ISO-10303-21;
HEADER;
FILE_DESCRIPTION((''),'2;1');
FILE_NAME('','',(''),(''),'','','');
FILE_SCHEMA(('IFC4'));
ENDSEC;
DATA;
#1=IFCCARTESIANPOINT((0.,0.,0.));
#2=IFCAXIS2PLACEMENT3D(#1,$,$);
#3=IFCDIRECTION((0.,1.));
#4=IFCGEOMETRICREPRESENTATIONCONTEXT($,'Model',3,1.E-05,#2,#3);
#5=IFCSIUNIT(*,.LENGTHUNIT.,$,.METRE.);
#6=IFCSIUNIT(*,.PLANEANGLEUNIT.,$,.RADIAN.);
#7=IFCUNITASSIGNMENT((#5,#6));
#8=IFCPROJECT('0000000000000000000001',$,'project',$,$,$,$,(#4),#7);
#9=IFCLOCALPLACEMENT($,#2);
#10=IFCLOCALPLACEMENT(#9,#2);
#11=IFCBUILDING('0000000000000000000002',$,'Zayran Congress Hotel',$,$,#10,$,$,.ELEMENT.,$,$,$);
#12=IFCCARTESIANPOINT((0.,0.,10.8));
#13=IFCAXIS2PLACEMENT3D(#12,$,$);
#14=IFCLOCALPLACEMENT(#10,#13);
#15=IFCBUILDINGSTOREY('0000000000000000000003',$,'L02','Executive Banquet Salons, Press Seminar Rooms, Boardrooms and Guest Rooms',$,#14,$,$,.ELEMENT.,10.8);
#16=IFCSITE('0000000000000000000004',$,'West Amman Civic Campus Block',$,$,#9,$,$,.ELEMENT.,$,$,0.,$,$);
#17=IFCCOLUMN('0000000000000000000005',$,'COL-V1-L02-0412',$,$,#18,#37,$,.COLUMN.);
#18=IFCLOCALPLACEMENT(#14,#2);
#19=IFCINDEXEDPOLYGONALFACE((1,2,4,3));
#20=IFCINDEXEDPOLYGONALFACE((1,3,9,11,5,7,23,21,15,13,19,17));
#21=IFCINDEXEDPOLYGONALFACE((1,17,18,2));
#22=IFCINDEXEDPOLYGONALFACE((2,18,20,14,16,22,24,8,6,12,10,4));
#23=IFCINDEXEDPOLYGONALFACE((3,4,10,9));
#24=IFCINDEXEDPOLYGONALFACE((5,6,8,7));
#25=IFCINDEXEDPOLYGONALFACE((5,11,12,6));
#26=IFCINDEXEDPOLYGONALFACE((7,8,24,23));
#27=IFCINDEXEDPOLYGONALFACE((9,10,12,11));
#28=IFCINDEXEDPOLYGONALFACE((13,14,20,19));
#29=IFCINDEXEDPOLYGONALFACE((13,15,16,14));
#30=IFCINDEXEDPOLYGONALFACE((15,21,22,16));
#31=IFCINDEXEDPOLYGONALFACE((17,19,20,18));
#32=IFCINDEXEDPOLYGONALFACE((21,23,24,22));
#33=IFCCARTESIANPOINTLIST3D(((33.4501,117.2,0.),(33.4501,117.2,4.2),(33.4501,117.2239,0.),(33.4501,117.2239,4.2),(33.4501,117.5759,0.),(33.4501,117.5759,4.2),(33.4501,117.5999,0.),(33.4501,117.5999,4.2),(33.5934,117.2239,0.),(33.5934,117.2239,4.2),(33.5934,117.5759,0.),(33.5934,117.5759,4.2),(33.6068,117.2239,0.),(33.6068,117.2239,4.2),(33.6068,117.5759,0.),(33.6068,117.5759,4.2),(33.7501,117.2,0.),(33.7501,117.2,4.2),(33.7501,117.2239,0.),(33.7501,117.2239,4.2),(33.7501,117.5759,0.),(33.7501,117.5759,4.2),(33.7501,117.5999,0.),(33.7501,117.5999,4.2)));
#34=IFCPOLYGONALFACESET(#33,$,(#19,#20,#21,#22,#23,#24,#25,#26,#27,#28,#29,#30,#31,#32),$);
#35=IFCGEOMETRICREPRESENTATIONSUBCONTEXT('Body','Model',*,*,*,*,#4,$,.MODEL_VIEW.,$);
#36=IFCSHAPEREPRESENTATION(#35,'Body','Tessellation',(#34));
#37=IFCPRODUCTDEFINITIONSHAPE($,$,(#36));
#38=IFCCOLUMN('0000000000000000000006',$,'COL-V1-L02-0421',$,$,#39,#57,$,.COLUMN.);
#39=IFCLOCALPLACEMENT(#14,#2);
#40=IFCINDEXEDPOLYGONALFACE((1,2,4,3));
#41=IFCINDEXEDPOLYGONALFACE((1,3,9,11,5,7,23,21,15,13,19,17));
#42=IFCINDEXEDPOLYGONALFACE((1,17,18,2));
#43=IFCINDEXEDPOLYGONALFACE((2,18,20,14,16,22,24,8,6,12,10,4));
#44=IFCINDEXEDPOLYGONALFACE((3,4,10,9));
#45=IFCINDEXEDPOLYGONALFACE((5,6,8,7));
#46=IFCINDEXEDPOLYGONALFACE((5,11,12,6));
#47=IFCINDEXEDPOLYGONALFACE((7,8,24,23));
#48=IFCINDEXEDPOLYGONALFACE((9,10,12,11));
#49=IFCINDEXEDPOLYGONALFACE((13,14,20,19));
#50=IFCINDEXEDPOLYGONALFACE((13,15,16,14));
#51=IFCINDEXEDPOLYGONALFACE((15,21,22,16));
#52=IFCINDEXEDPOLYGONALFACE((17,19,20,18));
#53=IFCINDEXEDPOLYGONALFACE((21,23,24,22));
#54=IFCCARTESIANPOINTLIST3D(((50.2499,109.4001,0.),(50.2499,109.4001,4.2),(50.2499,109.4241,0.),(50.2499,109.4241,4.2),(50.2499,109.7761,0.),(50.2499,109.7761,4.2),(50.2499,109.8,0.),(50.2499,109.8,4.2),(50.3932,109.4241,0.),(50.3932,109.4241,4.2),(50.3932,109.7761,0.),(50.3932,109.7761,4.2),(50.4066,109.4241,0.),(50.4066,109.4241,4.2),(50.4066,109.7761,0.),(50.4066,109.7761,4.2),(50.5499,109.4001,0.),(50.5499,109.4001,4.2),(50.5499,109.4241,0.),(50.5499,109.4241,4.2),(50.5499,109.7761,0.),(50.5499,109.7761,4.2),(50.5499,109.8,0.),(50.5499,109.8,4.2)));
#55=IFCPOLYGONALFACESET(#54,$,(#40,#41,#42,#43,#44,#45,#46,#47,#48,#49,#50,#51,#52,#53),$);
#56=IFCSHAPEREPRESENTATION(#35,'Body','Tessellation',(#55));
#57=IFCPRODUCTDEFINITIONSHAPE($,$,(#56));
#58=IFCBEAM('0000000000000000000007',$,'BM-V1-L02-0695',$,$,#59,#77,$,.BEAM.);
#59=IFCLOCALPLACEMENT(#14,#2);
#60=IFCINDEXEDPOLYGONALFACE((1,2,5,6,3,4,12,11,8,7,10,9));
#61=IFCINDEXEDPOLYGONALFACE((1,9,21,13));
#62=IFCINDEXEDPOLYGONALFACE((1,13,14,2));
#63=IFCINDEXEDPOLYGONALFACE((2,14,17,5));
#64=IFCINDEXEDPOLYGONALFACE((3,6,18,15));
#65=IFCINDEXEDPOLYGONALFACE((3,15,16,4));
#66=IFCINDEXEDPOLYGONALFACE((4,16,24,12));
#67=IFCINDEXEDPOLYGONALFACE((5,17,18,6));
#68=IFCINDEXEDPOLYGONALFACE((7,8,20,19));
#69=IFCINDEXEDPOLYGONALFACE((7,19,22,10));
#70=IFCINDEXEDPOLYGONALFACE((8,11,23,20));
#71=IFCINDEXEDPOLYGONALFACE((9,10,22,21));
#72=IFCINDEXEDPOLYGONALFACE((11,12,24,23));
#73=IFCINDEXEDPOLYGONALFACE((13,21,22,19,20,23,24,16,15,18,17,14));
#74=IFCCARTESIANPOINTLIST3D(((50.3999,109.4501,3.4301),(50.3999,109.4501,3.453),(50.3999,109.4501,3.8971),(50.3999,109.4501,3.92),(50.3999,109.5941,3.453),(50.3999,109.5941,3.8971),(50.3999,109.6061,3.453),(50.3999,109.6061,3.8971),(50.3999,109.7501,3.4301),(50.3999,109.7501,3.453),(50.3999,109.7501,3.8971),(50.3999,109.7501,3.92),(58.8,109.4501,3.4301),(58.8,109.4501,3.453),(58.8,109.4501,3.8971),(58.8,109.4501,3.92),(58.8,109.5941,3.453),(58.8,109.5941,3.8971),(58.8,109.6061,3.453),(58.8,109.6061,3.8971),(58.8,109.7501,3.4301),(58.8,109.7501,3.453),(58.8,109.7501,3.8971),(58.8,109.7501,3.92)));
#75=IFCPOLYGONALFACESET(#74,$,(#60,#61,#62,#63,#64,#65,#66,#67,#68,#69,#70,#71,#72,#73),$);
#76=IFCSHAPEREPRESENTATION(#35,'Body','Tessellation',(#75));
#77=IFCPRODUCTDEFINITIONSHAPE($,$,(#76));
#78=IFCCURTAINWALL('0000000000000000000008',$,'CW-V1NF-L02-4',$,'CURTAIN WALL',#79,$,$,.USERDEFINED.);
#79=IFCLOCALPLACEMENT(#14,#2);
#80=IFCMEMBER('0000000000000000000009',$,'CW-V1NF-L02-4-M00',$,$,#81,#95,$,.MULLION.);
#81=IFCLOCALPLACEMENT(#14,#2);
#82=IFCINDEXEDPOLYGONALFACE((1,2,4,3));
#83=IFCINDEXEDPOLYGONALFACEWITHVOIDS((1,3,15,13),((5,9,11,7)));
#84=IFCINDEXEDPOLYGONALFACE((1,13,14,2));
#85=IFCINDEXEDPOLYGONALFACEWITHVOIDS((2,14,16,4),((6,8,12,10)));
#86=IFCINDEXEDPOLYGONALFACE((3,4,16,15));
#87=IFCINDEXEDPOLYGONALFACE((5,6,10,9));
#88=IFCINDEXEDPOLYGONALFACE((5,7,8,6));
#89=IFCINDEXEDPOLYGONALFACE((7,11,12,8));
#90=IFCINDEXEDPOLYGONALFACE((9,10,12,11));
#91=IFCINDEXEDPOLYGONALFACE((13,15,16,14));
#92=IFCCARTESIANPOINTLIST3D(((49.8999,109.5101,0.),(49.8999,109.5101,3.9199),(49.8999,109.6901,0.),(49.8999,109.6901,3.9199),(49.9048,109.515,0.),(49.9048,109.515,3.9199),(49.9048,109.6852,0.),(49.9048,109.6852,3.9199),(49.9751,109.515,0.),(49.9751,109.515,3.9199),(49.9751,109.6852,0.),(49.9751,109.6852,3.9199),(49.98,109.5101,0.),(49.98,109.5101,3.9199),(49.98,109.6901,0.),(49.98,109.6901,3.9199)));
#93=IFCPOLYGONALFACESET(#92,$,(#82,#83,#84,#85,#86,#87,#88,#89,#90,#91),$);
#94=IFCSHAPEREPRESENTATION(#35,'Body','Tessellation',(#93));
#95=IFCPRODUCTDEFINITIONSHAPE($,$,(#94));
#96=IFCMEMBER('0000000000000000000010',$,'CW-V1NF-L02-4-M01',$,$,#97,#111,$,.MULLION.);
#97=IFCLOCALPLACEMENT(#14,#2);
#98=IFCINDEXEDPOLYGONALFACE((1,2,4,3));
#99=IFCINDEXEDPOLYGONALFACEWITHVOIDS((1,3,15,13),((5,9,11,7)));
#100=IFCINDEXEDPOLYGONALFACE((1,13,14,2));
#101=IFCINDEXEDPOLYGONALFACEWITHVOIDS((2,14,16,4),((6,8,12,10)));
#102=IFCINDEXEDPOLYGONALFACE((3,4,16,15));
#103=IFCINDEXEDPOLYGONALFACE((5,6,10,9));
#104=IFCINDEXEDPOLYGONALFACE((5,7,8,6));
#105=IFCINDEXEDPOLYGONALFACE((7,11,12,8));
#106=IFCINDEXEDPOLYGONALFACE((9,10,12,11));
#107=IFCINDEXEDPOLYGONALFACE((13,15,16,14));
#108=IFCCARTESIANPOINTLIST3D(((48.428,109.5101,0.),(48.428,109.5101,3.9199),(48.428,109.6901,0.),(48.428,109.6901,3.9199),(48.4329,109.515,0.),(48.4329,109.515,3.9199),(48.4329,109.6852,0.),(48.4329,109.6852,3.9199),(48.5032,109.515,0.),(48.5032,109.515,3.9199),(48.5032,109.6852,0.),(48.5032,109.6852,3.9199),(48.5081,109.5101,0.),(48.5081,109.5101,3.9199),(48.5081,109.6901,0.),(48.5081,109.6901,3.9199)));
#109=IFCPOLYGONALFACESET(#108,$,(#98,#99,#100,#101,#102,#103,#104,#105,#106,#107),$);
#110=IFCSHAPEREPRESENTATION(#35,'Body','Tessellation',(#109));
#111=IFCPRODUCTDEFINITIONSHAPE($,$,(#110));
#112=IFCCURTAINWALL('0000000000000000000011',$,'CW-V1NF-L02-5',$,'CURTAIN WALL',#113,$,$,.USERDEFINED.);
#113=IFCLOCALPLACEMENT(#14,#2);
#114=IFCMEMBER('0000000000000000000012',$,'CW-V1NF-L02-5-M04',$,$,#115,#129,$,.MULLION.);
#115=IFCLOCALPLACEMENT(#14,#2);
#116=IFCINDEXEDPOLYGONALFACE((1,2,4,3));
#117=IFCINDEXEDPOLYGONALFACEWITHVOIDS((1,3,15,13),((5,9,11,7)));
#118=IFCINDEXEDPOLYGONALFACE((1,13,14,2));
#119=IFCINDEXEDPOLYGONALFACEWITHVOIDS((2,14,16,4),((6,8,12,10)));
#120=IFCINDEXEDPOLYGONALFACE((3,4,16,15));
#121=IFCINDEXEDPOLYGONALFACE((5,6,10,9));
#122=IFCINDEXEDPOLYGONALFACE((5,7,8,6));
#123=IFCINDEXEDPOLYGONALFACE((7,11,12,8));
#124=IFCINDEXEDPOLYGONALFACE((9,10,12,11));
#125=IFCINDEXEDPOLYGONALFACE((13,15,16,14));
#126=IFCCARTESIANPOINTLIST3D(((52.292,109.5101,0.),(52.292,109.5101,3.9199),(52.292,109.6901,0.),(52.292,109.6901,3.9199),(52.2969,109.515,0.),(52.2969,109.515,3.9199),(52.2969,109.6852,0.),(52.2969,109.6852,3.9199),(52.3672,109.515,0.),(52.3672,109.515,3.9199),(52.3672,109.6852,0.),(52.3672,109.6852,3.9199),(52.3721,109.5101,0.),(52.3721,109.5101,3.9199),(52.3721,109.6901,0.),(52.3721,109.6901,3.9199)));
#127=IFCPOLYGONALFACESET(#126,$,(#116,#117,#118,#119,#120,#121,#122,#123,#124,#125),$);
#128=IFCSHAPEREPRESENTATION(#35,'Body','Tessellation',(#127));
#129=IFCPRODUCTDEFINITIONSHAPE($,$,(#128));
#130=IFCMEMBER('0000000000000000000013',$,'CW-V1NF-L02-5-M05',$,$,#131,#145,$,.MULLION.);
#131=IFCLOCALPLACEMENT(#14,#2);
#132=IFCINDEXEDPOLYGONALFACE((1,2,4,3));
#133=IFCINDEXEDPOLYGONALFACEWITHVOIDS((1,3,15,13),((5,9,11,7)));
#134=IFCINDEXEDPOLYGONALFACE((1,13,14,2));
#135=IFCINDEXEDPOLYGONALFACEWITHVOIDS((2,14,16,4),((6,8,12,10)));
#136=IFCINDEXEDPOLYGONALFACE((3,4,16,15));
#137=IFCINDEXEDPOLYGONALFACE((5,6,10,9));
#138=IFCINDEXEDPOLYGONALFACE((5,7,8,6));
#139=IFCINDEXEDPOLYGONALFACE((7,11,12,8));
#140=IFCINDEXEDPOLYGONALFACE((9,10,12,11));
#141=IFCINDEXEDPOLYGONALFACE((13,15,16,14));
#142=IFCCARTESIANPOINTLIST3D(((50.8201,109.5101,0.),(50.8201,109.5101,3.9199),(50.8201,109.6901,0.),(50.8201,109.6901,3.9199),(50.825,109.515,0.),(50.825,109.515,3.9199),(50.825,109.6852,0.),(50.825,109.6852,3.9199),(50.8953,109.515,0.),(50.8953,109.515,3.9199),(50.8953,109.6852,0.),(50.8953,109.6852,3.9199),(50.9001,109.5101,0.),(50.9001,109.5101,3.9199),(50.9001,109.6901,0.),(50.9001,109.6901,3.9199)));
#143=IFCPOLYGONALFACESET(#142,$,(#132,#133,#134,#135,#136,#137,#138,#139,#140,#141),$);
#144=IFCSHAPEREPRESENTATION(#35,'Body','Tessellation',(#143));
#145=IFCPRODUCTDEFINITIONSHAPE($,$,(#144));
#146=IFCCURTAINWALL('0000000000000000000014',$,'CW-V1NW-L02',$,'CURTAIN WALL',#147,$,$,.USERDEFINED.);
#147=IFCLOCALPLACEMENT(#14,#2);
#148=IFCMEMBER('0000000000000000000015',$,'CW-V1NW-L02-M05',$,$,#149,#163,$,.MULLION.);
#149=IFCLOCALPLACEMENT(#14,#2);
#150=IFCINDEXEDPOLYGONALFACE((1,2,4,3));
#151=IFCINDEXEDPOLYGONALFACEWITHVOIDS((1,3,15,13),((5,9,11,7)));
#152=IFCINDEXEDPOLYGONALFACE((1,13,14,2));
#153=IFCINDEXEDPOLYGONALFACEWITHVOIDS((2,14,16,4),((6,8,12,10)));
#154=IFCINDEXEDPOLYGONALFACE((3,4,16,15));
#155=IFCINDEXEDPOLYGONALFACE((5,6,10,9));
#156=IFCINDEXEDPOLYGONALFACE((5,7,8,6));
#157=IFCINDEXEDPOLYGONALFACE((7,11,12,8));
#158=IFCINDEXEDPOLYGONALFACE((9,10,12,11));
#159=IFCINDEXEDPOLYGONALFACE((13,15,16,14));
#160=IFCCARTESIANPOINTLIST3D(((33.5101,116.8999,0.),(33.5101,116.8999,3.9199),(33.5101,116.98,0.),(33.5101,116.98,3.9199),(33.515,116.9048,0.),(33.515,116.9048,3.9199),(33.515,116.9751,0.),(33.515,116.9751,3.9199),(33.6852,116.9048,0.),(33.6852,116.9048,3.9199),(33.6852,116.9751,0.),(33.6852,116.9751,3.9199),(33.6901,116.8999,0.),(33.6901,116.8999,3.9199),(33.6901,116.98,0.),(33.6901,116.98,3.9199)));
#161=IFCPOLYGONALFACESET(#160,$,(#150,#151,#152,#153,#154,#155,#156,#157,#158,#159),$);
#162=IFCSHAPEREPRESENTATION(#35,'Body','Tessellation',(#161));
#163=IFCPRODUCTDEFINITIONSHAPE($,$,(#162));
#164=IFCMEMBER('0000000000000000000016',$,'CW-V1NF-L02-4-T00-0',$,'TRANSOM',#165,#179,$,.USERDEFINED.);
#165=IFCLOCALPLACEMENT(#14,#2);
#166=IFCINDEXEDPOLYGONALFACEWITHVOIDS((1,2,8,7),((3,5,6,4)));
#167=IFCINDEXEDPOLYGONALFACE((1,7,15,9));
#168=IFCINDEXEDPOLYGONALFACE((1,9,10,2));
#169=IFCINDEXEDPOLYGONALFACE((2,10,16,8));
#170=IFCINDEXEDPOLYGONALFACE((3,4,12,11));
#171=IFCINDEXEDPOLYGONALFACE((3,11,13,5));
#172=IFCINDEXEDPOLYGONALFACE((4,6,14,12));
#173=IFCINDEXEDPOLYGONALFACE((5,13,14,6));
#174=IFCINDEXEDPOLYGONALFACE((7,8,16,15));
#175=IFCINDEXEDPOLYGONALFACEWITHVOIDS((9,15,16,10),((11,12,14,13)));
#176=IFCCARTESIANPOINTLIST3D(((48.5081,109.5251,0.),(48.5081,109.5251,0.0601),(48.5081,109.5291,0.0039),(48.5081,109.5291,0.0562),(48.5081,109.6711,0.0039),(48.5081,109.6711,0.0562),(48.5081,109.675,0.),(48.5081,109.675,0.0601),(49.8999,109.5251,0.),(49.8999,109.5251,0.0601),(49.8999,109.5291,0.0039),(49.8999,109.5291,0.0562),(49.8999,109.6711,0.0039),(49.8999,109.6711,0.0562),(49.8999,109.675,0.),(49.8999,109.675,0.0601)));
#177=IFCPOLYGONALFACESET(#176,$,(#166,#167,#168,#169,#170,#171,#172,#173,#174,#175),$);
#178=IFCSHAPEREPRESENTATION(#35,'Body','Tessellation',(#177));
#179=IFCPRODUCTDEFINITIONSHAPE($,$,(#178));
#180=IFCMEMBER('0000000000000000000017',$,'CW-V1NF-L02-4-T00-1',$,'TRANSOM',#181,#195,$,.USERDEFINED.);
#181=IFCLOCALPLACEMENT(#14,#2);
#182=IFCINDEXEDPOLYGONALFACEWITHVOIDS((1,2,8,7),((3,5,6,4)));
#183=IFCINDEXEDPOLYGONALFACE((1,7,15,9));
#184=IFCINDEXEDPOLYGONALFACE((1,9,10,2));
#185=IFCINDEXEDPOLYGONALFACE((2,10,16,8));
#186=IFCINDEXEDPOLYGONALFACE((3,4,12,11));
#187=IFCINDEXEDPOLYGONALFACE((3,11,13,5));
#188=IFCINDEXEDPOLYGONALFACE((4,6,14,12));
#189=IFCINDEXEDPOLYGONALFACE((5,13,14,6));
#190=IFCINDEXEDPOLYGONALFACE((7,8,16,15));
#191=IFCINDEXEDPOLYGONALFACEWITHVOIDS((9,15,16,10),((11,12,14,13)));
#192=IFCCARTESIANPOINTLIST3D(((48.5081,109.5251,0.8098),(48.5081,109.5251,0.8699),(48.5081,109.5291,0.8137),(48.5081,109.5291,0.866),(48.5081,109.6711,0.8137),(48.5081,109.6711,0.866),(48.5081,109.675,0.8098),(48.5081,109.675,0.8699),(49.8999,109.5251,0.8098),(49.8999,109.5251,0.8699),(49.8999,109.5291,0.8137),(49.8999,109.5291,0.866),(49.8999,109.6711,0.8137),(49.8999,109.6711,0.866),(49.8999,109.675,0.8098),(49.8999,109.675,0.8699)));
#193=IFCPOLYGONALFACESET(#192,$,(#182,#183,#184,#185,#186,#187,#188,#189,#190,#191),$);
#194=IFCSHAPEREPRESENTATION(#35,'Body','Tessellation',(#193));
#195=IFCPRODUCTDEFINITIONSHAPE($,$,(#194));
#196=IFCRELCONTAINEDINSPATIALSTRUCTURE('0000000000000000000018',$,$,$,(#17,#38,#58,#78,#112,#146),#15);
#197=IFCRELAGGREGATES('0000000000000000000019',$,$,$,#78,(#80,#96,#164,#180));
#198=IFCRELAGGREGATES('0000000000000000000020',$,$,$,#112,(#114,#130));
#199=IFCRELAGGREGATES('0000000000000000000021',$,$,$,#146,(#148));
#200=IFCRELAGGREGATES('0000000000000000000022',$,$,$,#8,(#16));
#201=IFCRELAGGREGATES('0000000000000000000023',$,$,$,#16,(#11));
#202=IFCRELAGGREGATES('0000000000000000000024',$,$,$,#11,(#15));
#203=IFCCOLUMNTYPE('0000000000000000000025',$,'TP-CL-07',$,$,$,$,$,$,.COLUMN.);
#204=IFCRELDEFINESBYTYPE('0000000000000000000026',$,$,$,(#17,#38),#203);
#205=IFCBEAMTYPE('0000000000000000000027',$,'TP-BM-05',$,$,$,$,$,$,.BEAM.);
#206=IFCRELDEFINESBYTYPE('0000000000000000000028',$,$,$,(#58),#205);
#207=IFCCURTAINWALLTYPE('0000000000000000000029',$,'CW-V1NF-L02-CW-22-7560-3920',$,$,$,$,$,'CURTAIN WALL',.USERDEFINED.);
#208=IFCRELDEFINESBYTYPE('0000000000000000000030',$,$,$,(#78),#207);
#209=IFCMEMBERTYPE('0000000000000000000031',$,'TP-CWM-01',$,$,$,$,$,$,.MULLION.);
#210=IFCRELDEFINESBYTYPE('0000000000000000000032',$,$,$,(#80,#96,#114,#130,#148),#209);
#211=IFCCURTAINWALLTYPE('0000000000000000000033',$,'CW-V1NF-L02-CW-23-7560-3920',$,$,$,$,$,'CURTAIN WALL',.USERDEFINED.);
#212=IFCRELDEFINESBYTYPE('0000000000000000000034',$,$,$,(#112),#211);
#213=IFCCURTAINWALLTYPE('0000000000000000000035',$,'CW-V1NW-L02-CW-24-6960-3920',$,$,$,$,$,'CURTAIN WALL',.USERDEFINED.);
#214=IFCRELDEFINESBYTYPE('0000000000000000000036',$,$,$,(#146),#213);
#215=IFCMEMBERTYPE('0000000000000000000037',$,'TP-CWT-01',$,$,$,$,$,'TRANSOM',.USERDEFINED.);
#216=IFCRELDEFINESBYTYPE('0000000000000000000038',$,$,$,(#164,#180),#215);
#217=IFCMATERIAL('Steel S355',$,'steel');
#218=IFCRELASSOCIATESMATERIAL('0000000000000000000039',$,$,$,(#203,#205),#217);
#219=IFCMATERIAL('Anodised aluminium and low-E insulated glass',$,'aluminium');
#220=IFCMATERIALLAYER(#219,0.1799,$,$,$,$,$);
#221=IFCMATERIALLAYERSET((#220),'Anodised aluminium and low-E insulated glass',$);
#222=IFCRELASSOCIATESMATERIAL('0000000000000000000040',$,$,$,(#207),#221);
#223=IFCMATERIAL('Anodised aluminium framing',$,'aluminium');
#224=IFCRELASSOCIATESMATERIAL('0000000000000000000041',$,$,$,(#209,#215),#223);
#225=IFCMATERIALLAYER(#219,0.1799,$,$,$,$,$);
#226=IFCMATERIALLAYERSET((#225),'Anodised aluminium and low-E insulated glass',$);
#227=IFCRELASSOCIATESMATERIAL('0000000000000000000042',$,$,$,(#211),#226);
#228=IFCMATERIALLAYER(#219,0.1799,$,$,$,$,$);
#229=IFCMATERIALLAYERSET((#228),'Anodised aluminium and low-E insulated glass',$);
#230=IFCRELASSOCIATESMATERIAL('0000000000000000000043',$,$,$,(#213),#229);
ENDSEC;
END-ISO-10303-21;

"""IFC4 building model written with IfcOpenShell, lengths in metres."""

from ifc_helpers import new_model, si_unit, direction, frame, origin, origin_2d, place, context, subcontext, project, spatial, hollow_rectangle, i_section, extrude, material, layer, layer_set, material_profile, profile_set, type_object, element, aggregate, save


model = new_model("IFC4")

# Units and contexts
model_context = context("Model", 3, precision=1e-05, world=origin(), true_north=direction((0.0, 1.0)))
body_context = subcontext(model_context, "Body", "Model", "MODEL_VIEW")
ifc_project = project(units=[si_unit("LENGTHUNIT", "METRE"), si_unit("PLANEANGLEUNIT", "RADIAN")], contexts=[model_context])

# Site, building, storey
site_placement = place(None, origin())
site = spatial("IfcSite", under=ifc_project, at=site_placement, Name="West Amman Civic Campus Block", CompositionType="ELEMENT", RefElevation=0.0)
building_placement = place(site_placement, origin())
building = spatial("IfcBuilding", under=site, at=building_placement, Name="Zayran Congress Hotel", CompositionType="ELEMENT")
storey_placement = place(building_placement, frame((0.0, 0.0, 10.8)))
storey = spatial("IfcBuildingStorey", under=building, at=storey_placement, Name="L02", Description="Executive Banquet Salons, Press Seminar Rooms, Boardrooms and Guest Rooms", CompositionType="ELEMENT", Elevation=10.8)

# Columns
ifc_material_1 = material(Name="Steel S355", Category="steel")
ifc_material_profile_1 = material_profile(ifc_material_1, i_section(OverallWidth=0.3, OverallDepth=0.3999, WebThickness=0.0134, FlangeThickness=0.0239, at=origin_2d()), Name="HEB 400")
ifc_profile_set_1 = profile_set([ifc_material_profile_1], Name="Steel S355")
column_type = type_object("IfcColumnType", Name="TP-CL-07", PredefinedType="COLUMN", material=ifc_profile_set_1)
for number, where, z_axis, x_axis, name in (
    (1, (33.6001, 117.3999, 0.0), (0.0, 0.0, 1.0), (1.0, 0.0, 0.0), "COL-V1-L02-0412"),
    (2, (50.3999, 109.6001, 0.0), (0.0, 0.0, 1.0), (1.0, 0.0, 0.0), "COL-V1-L02-0421"),
):
    element("IfcColumn", number, at=place(storey_placement, frame(where, z_axis=z_axis, x_axis=x_axis)), inside=storey, type_object=column_type, Name=name, PredefinedType="COLUMN", context=body_context, shape_type="SweptSolid", body=[
        extrude(i_section(OverallWidth=0.3, OverallDepth=0.3999, WebThickness=0.0134, FlangeThickness=0.0239, at=origin_2d()), origin(), (0.0, 0.0, 1.0), 4.2),
    ])

# Beam
ifc_material_profile_2 = material_profile(ifc_material_1, i_section(OverallWidth=0.3, OverallDepth=0.49, WebThickness=0.012, FlangeThickness=0.0229, at=origin_2d()), Name="HEA 500")
ifc_profile_set_2 = profile_set([ifc_material_profile_2], Name="Steel S355")
beam_type = type_object("IfcBeamType", Name="TP-BM-05", PredefinedType="BEAM", material=ifc_profile_set_2)
beam_placement = place(storey_placement, frame((50.3999, 109.6001, 3.675), z_axis=(1.0, 0.0, 0.0), x_axis=(0.0, 1.0, 0.0)))
element("IfcBeam", 3, at=beam_placement, inside=storey, type_object=beam_type, Name="BM-V1-L02-0695", PredefinedType="BEAM", context=body_context, shape_type="SweptSolid", body=[
    extrude(i_section(OverallWidth=0.3, OverallDepth=0.49, WebThickness=0.012, FlangeThickness=0.0229, at=origin_2d()), origin(), (0.0, 0.0, 1.0), 8.4001),
])

# Curtain walls, members
ifc_material_2 = material(Name="Anodised aluminium and low-E insulated glass", Category="aluminium")
ifc_layer_1 = layer(ifc_material_2, 0.1799)
ifc_layer_set_1 = layer_set([ifc_layer_1], Name="Anodised aluminium and low-E insulated glass")
curtain_wall_type_1 = type_object("IfcCurtainWallType", Name="CW-V1NF-L02-CW-22-7560-3920", ElementType="CURTAIN WALL", PredefinedType="USERDEFINED", material=ifc_layer_set_1)
curtain_wall_1_placement = place(storey_placement, origin())
curtain_wall_1 = element("IfcCurtainWall", 4, at=curtain_wall_1_placement, inside=storey, type_object=curtain_wall_type_1, Name="CW-V1NF-L02-4", ObjectType="CURTAIN WALL", PredefinedType="USERDEFINED")
ifc_material_3 = material(Name="Anodised aluminium framing", Category="aluminium")
ifc_material_profile_3 = material_profile(ifc_material_3, hollow_rectangle(XDim=0.0801, YDim=0.1799, WallThickness=0.0049, at=origin_2d()), Name="RHS 180x80x5")
ifc_profile_set_3 = profile_set([ifc_material_profile_3], Name="Anodised aluminium framing")
member_type_1 = type_object("IfcMemberType", Name="TP-CWM-01", PredefinedType="MULLION", material=ifc_profile_set_3)
member_1_placement = place(storey_placement, frame((49.9399, 109.6001, 0.0), z_axis=(0.0, 0.0, 1.0), x_axis=(1.0, 0.0, 0.0)))
member_1 = element("IfcMember", 5, at=member_1_placement, type_object=member_type_1, Name="CW-V1NF-L02-4-M00", PredefinedType="MULLION", context=body_context, shape_type="SweptSolid", body=[
    extrude(hollow_rectangle(XDim=0.0801, YDim=0.1799, WallThickness=0.0049, at=origin_2d()), origin(), (0.0, 0.0, 1.0), 3.9199),
])
member_2_placement = place(storey_placement, frame((48.468, 109.6001, 0.0), z_axis=(0.0, 0.0, 1.0), x_axis=(1.0, 0.0, 0.0)))
member_2 = element("IfcMember", 6, at=member_2_placement, type_object=member_type_1, Name="CW-V1NF-L02-4-M01", PredefinedType="MULLION", context=body_context, shape_type="SweptSolid", body=[
    extrude(hollow_rectangle(XDim=0.0801, YDim=0.1799, WallThickness=0.0049, at=origin_2d()), origin(), (0.0, 0.0, 1.0), 3.9199),
])
ifc_layer_2 = layer(ifc_material_2, 0.1799)
ifc_layer_set_2 = layer_set([ifc_layer_2], Name="Anodised aluminium and low-E insulated glass")
curtain_wall_type_2 = type_object("IfcCurtainWallType", Name="CW-V1NF-L02-CW-23-7560-3920", ElementType="CURTAIN WALL", PredefinedType="USERDEFINED", material=ifc_layer_set_2)
curtain_wall_2_placement = place(storey_placement, origin())
curtain_wall_2 = element("IfcCurtainWall", 7, at=curtain_wall_2_placement, inside=storey, type_object=curtain_wall_type_2, Name="CW-V1NF-L02-5", ObjectType="CURTAIN WALL", PredefinedType="USERDEFINED")
member_3_placement = place(storey_placement, frame((52.332, 109.6001, 0.0), z_axis=(0.0, 0.0, 1.0), x_axis=(1.0, 0.0, 0.0)))
member_3 = element("IfcMember", 8, at=member_3_placement, type_object=member_type_1, Name="CW-V1NF-L02-5-M04", PredefinedType="MULLION", context=body_context, shape_type="SweptSolid", body=[
    extrude(hollow_rectangle(XDim=0.0801, YDim=0.1799, WallThickness=0.0049, at=origin_2d()), origin(), (0.0, 0.0, 1.0), 3.9199),
])
member_4_placement = place(storey_placement, frame((50.8601, 109.6001, 0.0), z_axis=(0.0, 0.0, 1.0), x_axis=(1.0, 0.0, 0.0)))
member_4 = element("IfcMember", 9, at=member_4_placement, type_object=member_type_1, Name="CW-V1NF-L02-5-M05", PredefinedType="MULLION", context=body_context, shape_type="SweptSolid", body=[
    extrude(hollow_rectangle(XDim=0.0801, YDim=0.1799, WallThickness=0.0049, at=origin_2d()), origin(), (0.0, 0.0, 1.0), 3.9199),
])

# Curtain wall, member
ifc_layer_3 = layer(ifc_material_2, 0.1799)
ifc_layer_set_3 = layer_set([ifc_layer_3], Name="Anodised aluminium and low-E insulated glass")
curtain_wall_type_3 = type_object("IfcCurtainWallType", Name="CW-V1NW-L02-CW-24-6960-3920", ElementType="CURTAIN WALL", PredefinedType="USERDEFINED", material=ifc_layer_set_3)
curtain_wall_3_placement = place(storey_placement, origin())
curtain_wall_3 = element("IfcCurtainWall", 10, at=curtain_wall_3_placement, inside=storey, type_object=curtain_wall_type_3, Name="CW-V1NW-L02", ObjectType="CURTAIN WALL", PredefinedType="USERDEFINED")
member_5_placement = place(storey_placement, frame((33.6001, 116.9399, 0.0), z_axis=(0.0, 0.0, 1.0), x_axis=(0.0, 1.0, 0.0)))
member_5 = element("IfcMember", 11, at=member_5_placement, type_object=member_type_1, Name="CW-V1NW-L02-M05", PredefinedType="MULLION", context=body_context, shape_type="SweptSolid", body=[
    extrude(hollow_rectangle(XDim=0.0801, YDim=0.1799, WallThickness=0.0049, at=origin_2d()), origin(), (0.0, 0.0, 1.0), 3.9199),
])

# Members
ifc_material_profile_4 = material_profile(ifc_material_3, hollow_rectangle(XDim=0.0601, YDim=0.1499, WallThickness=0.0039, at=origin_2d()), Name="RHS 150x60x4")
ifc_profile_set_4 = profile_set([ifc_material_profile_4], Name="Anodised aluminium framing")
member_type_2 = type_object("IfcMemberType", Name="TP-CWT-01", ElementType="TRANSOM", PredefinedType="USERDEFINED", material=ifc_profile_set_4)
member_6_placement = place(storey_placement, frame((49.8999, 109.6001, 0.03), z_axis=(-1.0, 0.0, 0.0), x_axis=(0.0, 0.0, 1.0)))
member_6 = element("IfcMember", 12, at=member_6_placement, type_object=member_type_2, Name="CW-V1NF-L02-4-T00-0", ObjectType="TRANSOM", PredefinedType="USERDEFINED", context=body_context, shape_type="SweptSolid", body=[
    extrude(hollow_rectangle(XDim=0.0601, YDim=0.1499, WallThickness=0.0039, at=origin_2d()), origin(), (0.0, 0.0, 1.0), 1.3918),
])
member_7_placement = place(storey_placement, frame((49.8999, 109.6001, 0.8398), z_axis=(-1.0, 0.0, 0.0), x_axis=(0.0, 0.0, 1.0)))
member_7 = element("IfcMember", 13, at=member_7_placement, type_object=member_type_2, Name="CW-V1NF-L02-4-T00-1", ObjectType="TRANSOM", PredefinedType="USERDEFINED", context=body_context, shape_type="SweptSolid", body=[
    extrude(hollow_rectangle(XDim=0.0601, YDim=0.1499, WallThickness=0.0039, at=origin_2d()), origin(), (0.0, 0.0, 1.0), 1.3918),
])

aggregate(curtain_wall_1, [member_1, member_2, member_6, member_7])
aggregate(curtain_wall_2, [member_3, member_4])
aggregate(curtain_wall_3, [member_5])

save(model, "model.ifc")
